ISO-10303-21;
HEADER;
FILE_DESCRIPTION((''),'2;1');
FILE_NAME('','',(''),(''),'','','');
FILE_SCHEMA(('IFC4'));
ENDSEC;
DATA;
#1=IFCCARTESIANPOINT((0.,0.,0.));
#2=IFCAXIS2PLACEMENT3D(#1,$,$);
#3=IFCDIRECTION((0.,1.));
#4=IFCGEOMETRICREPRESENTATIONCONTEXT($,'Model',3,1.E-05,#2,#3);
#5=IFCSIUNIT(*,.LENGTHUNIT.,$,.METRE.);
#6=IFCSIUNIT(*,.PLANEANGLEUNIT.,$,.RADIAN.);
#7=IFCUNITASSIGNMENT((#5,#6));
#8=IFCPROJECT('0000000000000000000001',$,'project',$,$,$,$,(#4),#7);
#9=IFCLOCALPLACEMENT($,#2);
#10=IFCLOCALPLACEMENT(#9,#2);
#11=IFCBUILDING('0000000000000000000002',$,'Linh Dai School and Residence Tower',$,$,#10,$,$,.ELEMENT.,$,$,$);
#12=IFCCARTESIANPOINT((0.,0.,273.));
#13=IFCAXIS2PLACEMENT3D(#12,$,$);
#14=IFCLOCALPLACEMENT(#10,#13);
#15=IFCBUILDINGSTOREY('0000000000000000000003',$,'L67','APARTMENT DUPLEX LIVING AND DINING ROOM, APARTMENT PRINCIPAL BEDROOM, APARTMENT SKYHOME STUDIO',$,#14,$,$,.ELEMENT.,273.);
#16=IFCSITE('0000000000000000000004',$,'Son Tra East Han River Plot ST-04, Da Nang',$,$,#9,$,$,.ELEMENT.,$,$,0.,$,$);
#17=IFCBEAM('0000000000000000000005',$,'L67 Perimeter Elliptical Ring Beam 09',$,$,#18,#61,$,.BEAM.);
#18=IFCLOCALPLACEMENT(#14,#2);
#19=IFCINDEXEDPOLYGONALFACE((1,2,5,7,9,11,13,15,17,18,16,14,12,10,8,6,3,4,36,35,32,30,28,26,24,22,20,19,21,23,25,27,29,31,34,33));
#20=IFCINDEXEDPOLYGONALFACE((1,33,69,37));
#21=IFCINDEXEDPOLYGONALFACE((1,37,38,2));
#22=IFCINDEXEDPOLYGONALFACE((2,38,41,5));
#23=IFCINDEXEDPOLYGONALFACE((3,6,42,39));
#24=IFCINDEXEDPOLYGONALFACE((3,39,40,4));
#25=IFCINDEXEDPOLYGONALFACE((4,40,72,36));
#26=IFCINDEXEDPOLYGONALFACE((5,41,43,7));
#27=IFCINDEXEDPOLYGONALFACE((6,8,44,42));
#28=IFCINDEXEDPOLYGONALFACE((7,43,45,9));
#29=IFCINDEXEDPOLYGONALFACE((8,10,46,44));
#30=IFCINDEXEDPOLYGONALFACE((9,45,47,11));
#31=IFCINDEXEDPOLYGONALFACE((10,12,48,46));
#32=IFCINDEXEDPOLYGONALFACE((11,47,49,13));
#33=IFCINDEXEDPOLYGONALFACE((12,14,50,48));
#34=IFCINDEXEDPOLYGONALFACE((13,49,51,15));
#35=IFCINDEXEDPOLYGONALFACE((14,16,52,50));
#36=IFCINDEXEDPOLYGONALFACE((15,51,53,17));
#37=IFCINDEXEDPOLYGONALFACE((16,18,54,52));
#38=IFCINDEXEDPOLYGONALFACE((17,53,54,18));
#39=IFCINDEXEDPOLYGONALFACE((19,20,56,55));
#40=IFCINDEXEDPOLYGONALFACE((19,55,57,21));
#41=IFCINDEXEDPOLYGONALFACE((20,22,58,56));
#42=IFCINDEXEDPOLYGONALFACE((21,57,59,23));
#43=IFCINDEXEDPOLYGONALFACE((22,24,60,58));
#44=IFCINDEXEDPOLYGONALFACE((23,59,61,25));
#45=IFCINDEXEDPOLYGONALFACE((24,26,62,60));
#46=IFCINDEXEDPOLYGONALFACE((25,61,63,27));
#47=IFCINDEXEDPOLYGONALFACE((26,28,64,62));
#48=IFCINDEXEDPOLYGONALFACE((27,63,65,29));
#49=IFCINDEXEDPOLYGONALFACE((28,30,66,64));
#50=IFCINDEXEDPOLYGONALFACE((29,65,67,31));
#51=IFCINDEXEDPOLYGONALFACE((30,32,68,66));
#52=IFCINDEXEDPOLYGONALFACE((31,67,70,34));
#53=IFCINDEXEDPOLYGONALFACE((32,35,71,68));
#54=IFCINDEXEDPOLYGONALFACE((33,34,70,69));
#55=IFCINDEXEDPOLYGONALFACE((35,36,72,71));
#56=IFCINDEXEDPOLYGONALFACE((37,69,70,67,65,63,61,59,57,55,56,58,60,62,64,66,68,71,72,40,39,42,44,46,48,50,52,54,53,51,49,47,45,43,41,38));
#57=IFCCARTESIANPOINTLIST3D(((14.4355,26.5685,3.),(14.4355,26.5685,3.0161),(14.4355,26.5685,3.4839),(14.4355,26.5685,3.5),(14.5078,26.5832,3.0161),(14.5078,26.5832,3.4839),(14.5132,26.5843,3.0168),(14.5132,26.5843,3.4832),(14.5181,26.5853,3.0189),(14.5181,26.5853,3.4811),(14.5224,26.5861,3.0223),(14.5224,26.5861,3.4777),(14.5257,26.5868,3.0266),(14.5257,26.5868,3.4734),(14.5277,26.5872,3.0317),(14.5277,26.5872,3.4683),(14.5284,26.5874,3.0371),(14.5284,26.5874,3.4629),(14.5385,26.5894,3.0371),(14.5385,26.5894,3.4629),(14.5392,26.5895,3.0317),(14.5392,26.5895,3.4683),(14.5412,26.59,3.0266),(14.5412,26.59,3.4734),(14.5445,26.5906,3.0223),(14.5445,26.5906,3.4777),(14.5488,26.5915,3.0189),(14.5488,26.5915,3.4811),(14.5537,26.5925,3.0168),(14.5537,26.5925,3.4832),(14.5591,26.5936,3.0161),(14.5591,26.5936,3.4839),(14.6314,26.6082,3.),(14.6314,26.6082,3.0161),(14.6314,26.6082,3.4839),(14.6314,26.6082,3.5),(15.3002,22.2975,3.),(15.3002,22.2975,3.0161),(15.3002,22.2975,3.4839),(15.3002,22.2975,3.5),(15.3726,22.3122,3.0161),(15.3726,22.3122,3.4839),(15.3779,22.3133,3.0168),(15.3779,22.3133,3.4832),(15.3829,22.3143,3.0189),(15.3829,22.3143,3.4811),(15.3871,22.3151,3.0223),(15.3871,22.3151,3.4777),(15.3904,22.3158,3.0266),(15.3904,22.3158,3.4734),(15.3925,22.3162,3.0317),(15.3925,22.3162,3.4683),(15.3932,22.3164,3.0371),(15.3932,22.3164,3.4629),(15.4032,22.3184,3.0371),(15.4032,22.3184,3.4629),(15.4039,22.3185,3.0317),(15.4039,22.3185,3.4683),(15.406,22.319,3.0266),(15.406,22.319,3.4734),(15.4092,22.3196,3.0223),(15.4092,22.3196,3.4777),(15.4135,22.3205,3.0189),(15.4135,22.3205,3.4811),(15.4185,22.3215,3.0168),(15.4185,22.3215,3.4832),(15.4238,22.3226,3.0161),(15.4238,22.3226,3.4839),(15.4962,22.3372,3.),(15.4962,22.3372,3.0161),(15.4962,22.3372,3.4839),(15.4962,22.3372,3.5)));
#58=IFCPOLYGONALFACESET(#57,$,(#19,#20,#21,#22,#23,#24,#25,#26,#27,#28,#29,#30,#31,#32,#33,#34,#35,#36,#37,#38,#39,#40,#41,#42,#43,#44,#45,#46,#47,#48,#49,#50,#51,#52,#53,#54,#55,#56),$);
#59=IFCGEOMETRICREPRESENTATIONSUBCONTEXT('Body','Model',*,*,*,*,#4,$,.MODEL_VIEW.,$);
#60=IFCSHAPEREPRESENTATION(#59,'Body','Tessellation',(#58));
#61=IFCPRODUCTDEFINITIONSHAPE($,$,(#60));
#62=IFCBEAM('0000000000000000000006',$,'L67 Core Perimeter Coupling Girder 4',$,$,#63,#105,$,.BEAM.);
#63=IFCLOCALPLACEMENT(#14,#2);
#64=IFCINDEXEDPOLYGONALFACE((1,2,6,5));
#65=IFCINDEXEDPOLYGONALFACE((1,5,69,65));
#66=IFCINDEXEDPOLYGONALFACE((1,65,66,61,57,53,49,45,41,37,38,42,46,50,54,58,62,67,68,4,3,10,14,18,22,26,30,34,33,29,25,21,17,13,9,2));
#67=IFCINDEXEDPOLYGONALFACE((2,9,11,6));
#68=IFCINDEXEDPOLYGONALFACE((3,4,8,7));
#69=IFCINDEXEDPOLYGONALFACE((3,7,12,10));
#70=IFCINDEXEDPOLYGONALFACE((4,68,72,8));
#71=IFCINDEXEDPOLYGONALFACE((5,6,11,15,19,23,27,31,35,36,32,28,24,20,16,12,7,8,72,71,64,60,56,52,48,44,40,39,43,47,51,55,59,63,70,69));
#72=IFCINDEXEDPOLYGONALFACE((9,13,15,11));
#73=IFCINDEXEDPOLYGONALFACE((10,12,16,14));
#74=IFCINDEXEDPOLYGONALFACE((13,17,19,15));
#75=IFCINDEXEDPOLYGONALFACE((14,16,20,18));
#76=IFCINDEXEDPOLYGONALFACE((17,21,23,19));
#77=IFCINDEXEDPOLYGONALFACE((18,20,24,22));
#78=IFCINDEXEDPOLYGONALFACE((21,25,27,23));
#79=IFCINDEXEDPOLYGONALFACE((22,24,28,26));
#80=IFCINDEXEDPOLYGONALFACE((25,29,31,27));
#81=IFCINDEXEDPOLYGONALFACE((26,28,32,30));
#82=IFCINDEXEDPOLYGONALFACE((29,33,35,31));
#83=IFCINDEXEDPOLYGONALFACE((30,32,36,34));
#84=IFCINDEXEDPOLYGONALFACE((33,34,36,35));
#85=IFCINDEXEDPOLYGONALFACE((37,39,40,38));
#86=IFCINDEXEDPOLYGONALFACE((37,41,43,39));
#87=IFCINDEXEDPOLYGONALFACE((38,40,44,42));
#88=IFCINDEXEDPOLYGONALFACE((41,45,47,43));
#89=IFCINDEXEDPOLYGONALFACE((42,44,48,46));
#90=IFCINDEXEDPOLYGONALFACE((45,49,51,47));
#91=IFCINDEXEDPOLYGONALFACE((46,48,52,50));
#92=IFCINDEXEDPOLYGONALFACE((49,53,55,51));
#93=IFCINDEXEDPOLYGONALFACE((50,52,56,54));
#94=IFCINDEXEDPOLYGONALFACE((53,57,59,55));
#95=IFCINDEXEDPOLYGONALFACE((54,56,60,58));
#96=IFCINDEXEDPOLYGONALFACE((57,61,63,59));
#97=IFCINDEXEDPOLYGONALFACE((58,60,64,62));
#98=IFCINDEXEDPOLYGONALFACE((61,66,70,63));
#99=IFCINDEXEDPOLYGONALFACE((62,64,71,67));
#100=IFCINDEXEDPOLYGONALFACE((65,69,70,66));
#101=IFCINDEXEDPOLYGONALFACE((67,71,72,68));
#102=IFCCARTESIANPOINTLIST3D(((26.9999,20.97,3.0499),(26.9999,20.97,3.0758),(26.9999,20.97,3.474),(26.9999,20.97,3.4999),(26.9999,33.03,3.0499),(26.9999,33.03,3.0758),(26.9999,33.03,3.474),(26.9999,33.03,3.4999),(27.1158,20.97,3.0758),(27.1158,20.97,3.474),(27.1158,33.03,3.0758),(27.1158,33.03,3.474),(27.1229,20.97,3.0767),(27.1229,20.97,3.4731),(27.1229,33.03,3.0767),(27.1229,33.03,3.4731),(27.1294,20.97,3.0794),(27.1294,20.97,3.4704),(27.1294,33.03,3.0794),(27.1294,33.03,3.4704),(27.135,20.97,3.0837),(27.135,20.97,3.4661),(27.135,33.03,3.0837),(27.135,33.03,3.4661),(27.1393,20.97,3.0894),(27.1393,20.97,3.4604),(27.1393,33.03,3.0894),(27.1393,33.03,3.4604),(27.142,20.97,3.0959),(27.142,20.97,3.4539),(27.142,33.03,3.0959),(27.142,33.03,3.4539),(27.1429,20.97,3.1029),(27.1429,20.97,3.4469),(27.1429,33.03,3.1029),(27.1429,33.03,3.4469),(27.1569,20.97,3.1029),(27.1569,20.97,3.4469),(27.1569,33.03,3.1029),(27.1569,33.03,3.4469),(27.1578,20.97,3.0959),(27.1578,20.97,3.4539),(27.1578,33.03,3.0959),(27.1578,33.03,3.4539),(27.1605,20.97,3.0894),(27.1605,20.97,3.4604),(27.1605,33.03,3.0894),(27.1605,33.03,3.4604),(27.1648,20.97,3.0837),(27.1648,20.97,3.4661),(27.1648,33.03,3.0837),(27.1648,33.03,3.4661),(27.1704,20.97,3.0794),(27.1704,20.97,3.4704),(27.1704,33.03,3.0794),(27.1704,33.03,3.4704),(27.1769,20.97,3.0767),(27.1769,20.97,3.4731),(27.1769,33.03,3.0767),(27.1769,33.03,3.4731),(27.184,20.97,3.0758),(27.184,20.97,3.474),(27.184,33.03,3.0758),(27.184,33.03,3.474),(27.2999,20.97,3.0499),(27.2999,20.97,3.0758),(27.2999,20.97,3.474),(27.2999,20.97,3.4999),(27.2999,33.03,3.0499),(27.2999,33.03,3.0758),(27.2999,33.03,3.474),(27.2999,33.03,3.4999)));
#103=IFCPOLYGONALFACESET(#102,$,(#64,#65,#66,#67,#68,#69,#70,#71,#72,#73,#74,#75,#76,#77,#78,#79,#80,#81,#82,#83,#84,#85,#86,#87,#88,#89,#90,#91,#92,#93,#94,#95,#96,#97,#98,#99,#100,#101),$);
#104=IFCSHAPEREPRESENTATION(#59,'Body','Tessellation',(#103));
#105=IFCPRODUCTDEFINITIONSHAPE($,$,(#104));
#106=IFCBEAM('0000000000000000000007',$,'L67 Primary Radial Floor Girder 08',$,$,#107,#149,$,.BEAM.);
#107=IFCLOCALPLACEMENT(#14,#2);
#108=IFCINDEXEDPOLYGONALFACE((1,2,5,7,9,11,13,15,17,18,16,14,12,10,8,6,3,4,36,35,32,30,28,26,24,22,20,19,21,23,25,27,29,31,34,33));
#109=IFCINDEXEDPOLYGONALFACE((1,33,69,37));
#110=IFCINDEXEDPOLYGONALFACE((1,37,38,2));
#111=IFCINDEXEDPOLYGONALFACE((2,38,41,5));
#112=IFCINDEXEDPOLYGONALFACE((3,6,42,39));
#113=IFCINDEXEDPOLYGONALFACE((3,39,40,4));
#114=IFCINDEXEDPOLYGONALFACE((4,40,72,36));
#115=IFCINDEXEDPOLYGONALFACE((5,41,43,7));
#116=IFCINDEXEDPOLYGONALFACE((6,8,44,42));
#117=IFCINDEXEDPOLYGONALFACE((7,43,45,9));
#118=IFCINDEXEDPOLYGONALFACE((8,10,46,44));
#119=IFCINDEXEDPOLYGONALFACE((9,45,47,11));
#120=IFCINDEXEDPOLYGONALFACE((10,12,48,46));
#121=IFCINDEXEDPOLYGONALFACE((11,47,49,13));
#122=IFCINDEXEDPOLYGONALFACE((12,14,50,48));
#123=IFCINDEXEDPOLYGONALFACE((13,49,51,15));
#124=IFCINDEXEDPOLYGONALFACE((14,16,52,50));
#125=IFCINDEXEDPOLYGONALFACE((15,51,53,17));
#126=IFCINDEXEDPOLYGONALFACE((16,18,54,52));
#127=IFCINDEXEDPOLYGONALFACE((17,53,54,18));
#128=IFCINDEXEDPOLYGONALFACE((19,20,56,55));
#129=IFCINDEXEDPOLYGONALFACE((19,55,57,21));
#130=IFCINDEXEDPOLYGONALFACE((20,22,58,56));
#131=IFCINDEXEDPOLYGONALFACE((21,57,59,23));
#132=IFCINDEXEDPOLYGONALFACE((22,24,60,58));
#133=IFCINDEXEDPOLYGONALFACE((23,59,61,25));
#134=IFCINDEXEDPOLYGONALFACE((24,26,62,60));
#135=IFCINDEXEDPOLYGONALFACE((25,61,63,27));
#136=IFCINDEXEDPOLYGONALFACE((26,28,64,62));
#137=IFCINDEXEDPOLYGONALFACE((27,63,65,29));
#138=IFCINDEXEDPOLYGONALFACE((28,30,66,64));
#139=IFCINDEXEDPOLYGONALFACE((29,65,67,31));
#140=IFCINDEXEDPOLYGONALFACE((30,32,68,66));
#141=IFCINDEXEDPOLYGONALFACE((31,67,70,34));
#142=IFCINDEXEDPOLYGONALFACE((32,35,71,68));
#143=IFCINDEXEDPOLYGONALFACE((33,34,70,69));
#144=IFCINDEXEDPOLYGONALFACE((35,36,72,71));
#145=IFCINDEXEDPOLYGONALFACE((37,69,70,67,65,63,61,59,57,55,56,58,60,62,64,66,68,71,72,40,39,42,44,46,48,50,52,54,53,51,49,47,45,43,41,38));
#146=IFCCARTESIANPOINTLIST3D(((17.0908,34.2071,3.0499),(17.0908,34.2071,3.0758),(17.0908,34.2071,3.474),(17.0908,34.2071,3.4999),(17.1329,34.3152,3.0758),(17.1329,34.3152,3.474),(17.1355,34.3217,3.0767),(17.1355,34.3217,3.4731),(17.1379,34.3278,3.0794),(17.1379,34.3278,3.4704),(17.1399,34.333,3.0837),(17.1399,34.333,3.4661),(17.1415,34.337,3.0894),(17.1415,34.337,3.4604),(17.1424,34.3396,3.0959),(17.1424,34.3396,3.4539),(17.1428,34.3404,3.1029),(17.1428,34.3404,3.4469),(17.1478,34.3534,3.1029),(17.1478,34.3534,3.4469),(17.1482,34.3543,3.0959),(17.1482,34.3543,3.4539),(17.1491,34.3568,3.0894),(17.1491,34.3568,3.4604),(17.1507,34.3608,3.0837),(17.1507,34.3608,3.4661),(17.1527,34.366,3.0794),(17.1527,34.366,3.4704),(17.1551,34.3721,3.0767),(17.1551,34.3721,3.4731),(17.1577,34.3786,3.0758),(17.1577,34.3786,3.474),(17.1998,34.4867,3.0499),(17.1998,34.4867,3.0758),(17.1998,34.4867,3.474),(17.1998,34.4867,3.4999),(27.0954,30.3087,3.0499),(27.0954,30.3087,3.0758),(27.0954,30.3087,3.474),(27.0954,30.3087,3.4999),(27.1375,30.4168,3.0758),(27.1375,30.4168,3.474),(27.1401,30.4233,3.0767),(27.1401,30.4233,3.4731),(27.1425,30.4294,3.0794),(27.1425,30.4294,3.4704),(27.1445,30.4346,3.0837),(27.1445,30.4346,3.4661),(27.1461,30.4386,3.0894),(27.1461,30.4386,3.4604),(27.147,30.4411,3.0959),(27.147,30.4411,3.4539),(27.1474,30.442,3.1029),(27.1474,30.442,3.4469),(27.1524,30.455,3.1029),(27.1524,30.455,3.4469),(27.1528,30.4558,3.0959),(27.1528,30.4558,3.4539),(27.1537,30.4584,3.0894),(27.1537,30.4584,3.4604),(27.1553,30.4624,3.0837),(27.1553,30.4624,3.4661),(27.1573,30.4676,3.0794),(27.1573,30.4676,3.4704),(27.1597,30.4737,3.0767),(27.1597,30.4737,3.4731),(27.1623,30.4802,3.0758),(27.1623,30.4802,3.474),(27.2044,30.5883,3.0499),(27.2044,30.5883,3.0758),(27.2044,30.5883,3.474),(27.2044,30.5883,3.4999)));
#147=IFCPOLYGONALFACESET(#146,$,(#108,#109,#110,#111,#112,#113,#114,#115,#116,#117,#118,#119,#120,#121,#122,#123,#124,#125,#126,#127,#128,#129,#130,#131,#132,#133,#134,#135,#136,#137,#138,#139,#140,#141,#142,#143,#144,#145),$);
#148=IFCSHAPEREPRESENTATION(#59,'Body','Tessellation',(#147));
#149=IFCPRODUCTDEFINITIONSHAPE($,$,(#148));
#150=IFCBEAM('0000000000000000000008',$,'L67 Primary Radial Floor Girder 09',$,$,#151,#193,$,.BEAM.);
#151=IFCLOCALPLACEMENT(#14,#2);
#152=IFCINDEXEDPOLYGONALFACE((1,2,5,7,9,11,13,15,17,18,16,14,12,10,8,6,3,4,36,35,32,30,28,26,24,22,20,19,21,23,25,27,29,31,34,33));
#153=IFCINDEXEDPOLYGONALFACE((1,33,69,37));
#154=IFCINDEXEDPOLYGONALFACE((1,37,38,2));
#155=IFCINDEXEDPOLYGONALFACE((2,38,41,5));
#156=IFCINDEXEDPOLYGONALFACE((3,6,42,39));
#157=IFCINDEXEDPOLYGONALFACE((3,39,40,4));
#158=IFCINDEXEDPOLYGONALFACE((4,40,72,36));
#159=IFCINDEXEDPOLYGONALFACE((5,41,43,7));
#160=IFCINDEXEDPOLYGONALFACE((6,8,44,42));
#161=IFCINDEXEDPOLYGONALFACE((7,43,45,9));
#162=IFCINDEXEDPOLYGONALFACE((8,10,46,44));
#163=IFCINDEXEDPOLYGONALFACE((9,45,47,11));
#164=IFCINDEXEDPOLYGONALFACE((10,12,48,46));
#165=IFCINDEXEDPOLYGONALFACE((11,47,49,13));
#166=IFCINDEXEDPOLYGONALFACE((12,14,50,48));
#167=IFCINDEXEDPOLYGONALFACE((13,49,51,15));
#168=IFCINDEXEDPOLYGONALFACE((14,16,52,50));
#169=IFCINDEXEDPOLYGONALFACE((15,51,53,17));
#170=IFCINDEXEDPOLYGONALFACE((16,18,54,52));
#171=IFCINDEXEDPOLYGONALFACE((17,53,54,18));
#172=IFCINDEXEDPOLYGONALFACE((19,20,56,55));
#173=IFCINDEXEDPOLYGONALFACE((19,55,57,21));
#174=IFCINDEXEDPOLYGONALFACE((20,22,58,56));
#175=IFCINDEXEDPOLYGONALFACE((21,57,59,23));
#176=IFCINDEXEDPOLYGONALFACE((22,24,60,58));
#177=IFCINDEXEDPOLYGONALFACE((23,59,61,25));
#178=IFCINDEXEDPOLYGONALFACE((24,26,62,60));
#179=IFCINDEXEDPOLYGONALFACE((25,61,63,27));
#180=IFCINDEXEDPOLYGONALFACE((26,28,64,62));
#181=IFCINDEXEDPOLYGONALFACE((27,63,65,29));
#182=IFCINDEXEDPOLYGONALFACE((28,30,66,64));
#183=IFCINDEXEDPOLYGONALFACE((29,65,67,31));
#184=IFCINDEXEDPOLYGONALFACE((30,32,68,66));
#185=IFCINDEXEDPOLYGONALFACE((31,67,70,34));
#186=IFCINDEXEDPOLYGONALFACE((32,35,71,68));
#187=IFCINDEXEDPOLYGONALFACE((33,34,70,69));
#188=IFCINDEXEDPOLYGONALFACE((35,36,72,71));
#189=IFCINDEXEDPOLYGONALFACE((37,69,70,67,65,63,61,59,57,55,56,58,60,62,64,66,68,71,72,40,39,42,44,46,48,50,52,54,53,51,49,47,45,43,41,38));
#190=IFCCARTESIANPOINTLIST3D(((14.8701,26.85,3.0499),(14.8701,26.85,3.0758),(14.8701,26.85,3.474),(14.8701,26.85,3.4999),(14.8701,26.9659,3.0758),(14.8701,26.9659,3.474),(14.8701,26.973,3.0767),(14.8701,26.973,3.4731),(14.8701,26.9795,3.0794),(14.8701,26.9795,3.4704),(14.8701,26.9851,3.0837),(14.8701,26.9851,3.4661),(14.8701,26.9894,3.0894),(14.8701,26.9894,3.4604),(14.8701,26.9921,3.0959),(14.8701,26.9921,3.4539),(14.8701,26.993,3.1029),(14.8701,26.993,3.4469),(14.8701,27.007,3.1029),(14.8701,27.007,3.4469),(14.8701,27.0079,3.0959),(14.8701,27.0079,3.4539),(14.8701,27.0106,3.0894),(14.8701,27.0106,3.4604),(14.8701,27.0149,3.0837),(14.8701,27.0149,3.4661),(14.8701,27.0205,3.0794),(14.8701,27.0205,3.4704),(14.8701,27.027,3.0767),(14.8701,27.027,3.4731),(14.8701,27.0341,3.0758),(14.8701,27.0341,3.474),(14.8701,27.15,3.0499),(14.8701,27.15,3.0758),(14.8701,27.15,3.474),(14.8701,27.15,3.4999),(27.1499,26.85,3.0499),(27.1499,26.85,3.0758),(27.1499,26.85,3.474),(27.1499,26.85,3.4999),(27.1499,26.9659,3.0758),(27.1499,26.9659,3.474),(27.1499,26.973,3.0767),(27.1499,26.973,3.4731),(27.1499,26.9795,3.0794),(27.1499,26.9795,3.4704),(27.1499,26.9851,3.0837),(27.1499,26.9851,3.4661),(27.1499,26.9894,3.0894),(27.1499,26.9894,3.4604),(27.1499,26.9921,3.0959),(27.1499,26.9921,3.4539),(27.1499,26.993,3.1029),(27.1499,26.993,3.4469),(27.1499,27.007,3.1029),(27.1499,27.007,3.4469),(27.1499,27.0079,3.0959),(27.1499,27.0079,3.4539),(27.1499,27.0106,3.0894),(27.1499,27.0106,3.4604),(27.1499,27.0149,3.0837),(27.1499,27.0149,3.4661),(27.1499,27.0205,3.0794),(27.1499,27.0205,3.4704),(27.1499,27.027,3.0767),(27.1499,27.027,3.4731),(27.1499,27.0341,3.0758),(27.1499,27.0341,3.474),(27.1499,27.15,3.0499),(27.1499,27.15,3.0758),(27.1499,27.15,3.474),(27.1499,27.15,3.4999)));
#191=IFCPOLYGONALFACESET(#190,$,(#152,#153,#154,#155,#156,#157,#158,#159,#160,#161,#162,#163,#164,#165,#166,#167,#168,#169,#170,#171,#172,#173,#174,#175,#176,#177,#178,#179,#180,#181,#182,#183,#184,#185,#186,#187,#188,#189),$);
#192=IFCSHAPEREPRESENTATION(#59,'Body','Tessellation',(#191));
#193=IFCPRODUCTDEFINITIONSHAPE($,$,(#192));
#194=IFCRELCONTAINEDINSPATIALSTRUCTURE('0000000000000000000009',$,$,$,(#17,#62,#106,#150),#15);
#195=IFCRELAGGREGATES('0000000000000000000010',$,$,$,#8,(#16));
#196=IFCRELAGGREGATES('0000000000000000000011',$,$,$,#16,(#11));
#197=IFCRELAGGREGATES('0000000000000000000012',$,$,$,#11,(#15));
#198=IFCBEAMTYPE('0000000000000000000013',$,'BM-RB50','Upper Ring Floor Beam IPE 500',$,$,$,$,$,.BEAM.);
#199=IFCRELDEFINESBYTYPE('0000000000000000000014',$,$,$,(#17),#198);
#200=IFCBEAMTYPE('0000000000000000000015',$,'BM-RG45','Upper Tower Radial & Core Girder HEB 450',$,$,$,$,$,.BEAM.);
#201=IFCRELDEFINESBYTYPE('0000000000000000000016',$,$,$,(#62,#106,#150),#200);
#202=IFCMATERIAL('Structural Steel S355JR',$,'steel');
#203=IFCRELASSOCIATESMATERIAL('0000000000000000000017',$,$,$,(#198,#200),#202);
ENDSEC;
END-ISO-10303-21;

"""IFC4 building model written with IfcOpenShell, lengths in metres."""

from ifc_helpers import new_model, si_unit, direction, frame, origin, origin_2d, place, context, subcontext, project, spatial, i_section, extrude, material, material_profile, profile_set, type_object, element, save


model = new_model("IFC4")

# Units and contexts
model_context = context("Model", 3, precision=1e-05, world=origin(), true_north=direction((0.0, 1.0)))
body_context = subcontext(model_context, "Body", "Model", "MODEL_VIEW")
ifc_project = project(units=[si_unit("LENGTHUNIT", "METRE"), si_unit("PLANEANGLEUNIT", "RADIAN")], contexts=[model_context])

# Site, building, storey
site_placement = place(None, origin())
site = spatial("IfcSite", under=ifc_project, at=site_placement, Name="Son Tra East Han River Plot ST-04, Da Nang", CompositionType="ELEMENT", RefElevation=0.0)
building_placement = place(site_placement, origin())
building = spatial("IfcBuilding", under=site, at=building_placement, Name="Linh Dai School and Residence Tower", CompositionType="ELEMENT")
storey_placement = place(building_placement, frame((0.0, 0.0, 273.0)))
storey = spatial("IfcBuildingStorey", under=building, at=storey_placement, Name="L67", Description="APARTMENT DUPLEX LIVING AND DINING ROOM, APARTMENT PRINCIPAL BEDROOM, APARTMENT SKYHOME STUDIO", CompositionType="ELEMENT", Elevation=273.0)

# Shared definitions
ifc_material_1 = material(Name="Structural Steel S355JR", Category="steel")

# Beams
ifc_material_profile_1 = material_profile(ifc_material_1, i_section(OverallWidth=0.2, OverallDepth=0.5, WebThickness=0.0103, FlangeThickness=0.0161, FilletRadius=0.021, at=origin_2d()), Name="IPE 500")
ifc_profile_set_1 = profile_set([ifc_material_profile_1], Name="Structural Steel S355JR")
beam_type_1 = type_object("IfcBeamType", Name="BM-RB50", Description="Upper Ring Floor Beam IPE 500", PredefinedType="BEAM", material=ifc_profile_set_1)
beam_1_placement = place(storey_placement, frame((14.5334, 26.5884, 3.25), z_axis=(0.198443, -0.980112, 0.0), x_axis=(0.980112, 0.198443, 0.0)))
element("IfcBeam", 1, at=beam_1_placement, inside=storey, type_object=beam_type_1, Name="L67 Perimeter Elliptical Ring Beam 09", PredefinedType="BEAM", context=body_context, shape_type="SweptSolid", body=[
    extrude(i_section(OverallWidth=0.2, OverallDepth=0.5, WebThickness=0.0103, FlangeThickness=0.0161, FilletRadius=0.021, at=origin_2d()), origin(), (0.0, 0.0, 1.0), 4.3577),
])
ifc_material_profile_2 = material_profile(ifc_material_1, i_section(OverallWidth=0.3, OverallDepth=0.45, WebThickness=0.0139, FlangeThickness=0.0259, FilletRadius=0.0271, at=origin_2d()), Name="HEB 450")
ifc_profile_set_2 = profile_set([ifc_material_profile_2], Name="Structural Steel S355JR")
beam_type_2 = type_object("IfcBeamType", Name="BM-RG45", Description="Upper Tower Radial & Core Girder HEB 450", PredefinedType="BEAM", material=ifc_profile_set_2)
beam_2_placement = place(storey_placement, frame((27.1499, 33.03, 3.2749), z_axis=(0.0, -1.0, 0.0), x_axis=(1.0, 0.0, 0.0)))
element("IfcBeam", 2, at=beam_2_placement, inside=storey, type_object=beam_type_2, Name="L67 Core Perimeter Coupling Girder 4", PredefinedType="BEAM", context=body_context, shape_type="SweptSolid", body=[
    extrude(i_section(OverallWidth=0.3, OverallDepth=0.45, WebThickness=0.0139, FlangeThickness=0.0259, FilletRadius=0.0271, at=origin_2d()), origin(), (0.0, 0.0, 1.0), 12.0601),
])
beam_3_placement = place(storey_placement, frame((27.1499, 30.4485, 3.2749), z_axis=(-0.931761, 0.363073, 0.0), x_axis=(-0.363073, -0.931761, 0.0)))
element("IfcBeam", 3, at=beam_3_placement, inside=storey, type_object=beam_type_2, Name="L67 Primary Radial Floor Girder 08", PredefinedType="BEAM", context=body_context, shape_type="SweptSolid", body=[
    extrude(i_section(OverallWidth=0.3, OverallDepth=0.45, WebThickness=0.0139, FlangeThickness=0.0259, FilletRadius=0.0271, at=origin_2d()), origin(), (0.0, 0.0, 1.0), 10.7373),
])
beam_4_placement = place(storey_placement, frame((27.1499, 27.0, 3.2749), z_axis=(-1.0, 0.0, 0.0), x_axis=(0.0, -1.0, 0.0)))
element("IfcBeam", 4, at=beam_4_placement, inside=storey, type_object=beam_type_2, Name="L67 Primary Radial Floor Girder 09", PredefinedType="BEAM", context=body_context, shape_type="SweptSolid", body=[
    extrude(i_section(OverallWidth=0.3, OverallDepth=0.45, WebThickness=0.0139, FlangeThickness=0.0259, FilletRadius=0.0271, at=origin_2d()), origin(), (0.0, 0.0, 1.0), 12.2798),
])

save(model, "model.ifc")
